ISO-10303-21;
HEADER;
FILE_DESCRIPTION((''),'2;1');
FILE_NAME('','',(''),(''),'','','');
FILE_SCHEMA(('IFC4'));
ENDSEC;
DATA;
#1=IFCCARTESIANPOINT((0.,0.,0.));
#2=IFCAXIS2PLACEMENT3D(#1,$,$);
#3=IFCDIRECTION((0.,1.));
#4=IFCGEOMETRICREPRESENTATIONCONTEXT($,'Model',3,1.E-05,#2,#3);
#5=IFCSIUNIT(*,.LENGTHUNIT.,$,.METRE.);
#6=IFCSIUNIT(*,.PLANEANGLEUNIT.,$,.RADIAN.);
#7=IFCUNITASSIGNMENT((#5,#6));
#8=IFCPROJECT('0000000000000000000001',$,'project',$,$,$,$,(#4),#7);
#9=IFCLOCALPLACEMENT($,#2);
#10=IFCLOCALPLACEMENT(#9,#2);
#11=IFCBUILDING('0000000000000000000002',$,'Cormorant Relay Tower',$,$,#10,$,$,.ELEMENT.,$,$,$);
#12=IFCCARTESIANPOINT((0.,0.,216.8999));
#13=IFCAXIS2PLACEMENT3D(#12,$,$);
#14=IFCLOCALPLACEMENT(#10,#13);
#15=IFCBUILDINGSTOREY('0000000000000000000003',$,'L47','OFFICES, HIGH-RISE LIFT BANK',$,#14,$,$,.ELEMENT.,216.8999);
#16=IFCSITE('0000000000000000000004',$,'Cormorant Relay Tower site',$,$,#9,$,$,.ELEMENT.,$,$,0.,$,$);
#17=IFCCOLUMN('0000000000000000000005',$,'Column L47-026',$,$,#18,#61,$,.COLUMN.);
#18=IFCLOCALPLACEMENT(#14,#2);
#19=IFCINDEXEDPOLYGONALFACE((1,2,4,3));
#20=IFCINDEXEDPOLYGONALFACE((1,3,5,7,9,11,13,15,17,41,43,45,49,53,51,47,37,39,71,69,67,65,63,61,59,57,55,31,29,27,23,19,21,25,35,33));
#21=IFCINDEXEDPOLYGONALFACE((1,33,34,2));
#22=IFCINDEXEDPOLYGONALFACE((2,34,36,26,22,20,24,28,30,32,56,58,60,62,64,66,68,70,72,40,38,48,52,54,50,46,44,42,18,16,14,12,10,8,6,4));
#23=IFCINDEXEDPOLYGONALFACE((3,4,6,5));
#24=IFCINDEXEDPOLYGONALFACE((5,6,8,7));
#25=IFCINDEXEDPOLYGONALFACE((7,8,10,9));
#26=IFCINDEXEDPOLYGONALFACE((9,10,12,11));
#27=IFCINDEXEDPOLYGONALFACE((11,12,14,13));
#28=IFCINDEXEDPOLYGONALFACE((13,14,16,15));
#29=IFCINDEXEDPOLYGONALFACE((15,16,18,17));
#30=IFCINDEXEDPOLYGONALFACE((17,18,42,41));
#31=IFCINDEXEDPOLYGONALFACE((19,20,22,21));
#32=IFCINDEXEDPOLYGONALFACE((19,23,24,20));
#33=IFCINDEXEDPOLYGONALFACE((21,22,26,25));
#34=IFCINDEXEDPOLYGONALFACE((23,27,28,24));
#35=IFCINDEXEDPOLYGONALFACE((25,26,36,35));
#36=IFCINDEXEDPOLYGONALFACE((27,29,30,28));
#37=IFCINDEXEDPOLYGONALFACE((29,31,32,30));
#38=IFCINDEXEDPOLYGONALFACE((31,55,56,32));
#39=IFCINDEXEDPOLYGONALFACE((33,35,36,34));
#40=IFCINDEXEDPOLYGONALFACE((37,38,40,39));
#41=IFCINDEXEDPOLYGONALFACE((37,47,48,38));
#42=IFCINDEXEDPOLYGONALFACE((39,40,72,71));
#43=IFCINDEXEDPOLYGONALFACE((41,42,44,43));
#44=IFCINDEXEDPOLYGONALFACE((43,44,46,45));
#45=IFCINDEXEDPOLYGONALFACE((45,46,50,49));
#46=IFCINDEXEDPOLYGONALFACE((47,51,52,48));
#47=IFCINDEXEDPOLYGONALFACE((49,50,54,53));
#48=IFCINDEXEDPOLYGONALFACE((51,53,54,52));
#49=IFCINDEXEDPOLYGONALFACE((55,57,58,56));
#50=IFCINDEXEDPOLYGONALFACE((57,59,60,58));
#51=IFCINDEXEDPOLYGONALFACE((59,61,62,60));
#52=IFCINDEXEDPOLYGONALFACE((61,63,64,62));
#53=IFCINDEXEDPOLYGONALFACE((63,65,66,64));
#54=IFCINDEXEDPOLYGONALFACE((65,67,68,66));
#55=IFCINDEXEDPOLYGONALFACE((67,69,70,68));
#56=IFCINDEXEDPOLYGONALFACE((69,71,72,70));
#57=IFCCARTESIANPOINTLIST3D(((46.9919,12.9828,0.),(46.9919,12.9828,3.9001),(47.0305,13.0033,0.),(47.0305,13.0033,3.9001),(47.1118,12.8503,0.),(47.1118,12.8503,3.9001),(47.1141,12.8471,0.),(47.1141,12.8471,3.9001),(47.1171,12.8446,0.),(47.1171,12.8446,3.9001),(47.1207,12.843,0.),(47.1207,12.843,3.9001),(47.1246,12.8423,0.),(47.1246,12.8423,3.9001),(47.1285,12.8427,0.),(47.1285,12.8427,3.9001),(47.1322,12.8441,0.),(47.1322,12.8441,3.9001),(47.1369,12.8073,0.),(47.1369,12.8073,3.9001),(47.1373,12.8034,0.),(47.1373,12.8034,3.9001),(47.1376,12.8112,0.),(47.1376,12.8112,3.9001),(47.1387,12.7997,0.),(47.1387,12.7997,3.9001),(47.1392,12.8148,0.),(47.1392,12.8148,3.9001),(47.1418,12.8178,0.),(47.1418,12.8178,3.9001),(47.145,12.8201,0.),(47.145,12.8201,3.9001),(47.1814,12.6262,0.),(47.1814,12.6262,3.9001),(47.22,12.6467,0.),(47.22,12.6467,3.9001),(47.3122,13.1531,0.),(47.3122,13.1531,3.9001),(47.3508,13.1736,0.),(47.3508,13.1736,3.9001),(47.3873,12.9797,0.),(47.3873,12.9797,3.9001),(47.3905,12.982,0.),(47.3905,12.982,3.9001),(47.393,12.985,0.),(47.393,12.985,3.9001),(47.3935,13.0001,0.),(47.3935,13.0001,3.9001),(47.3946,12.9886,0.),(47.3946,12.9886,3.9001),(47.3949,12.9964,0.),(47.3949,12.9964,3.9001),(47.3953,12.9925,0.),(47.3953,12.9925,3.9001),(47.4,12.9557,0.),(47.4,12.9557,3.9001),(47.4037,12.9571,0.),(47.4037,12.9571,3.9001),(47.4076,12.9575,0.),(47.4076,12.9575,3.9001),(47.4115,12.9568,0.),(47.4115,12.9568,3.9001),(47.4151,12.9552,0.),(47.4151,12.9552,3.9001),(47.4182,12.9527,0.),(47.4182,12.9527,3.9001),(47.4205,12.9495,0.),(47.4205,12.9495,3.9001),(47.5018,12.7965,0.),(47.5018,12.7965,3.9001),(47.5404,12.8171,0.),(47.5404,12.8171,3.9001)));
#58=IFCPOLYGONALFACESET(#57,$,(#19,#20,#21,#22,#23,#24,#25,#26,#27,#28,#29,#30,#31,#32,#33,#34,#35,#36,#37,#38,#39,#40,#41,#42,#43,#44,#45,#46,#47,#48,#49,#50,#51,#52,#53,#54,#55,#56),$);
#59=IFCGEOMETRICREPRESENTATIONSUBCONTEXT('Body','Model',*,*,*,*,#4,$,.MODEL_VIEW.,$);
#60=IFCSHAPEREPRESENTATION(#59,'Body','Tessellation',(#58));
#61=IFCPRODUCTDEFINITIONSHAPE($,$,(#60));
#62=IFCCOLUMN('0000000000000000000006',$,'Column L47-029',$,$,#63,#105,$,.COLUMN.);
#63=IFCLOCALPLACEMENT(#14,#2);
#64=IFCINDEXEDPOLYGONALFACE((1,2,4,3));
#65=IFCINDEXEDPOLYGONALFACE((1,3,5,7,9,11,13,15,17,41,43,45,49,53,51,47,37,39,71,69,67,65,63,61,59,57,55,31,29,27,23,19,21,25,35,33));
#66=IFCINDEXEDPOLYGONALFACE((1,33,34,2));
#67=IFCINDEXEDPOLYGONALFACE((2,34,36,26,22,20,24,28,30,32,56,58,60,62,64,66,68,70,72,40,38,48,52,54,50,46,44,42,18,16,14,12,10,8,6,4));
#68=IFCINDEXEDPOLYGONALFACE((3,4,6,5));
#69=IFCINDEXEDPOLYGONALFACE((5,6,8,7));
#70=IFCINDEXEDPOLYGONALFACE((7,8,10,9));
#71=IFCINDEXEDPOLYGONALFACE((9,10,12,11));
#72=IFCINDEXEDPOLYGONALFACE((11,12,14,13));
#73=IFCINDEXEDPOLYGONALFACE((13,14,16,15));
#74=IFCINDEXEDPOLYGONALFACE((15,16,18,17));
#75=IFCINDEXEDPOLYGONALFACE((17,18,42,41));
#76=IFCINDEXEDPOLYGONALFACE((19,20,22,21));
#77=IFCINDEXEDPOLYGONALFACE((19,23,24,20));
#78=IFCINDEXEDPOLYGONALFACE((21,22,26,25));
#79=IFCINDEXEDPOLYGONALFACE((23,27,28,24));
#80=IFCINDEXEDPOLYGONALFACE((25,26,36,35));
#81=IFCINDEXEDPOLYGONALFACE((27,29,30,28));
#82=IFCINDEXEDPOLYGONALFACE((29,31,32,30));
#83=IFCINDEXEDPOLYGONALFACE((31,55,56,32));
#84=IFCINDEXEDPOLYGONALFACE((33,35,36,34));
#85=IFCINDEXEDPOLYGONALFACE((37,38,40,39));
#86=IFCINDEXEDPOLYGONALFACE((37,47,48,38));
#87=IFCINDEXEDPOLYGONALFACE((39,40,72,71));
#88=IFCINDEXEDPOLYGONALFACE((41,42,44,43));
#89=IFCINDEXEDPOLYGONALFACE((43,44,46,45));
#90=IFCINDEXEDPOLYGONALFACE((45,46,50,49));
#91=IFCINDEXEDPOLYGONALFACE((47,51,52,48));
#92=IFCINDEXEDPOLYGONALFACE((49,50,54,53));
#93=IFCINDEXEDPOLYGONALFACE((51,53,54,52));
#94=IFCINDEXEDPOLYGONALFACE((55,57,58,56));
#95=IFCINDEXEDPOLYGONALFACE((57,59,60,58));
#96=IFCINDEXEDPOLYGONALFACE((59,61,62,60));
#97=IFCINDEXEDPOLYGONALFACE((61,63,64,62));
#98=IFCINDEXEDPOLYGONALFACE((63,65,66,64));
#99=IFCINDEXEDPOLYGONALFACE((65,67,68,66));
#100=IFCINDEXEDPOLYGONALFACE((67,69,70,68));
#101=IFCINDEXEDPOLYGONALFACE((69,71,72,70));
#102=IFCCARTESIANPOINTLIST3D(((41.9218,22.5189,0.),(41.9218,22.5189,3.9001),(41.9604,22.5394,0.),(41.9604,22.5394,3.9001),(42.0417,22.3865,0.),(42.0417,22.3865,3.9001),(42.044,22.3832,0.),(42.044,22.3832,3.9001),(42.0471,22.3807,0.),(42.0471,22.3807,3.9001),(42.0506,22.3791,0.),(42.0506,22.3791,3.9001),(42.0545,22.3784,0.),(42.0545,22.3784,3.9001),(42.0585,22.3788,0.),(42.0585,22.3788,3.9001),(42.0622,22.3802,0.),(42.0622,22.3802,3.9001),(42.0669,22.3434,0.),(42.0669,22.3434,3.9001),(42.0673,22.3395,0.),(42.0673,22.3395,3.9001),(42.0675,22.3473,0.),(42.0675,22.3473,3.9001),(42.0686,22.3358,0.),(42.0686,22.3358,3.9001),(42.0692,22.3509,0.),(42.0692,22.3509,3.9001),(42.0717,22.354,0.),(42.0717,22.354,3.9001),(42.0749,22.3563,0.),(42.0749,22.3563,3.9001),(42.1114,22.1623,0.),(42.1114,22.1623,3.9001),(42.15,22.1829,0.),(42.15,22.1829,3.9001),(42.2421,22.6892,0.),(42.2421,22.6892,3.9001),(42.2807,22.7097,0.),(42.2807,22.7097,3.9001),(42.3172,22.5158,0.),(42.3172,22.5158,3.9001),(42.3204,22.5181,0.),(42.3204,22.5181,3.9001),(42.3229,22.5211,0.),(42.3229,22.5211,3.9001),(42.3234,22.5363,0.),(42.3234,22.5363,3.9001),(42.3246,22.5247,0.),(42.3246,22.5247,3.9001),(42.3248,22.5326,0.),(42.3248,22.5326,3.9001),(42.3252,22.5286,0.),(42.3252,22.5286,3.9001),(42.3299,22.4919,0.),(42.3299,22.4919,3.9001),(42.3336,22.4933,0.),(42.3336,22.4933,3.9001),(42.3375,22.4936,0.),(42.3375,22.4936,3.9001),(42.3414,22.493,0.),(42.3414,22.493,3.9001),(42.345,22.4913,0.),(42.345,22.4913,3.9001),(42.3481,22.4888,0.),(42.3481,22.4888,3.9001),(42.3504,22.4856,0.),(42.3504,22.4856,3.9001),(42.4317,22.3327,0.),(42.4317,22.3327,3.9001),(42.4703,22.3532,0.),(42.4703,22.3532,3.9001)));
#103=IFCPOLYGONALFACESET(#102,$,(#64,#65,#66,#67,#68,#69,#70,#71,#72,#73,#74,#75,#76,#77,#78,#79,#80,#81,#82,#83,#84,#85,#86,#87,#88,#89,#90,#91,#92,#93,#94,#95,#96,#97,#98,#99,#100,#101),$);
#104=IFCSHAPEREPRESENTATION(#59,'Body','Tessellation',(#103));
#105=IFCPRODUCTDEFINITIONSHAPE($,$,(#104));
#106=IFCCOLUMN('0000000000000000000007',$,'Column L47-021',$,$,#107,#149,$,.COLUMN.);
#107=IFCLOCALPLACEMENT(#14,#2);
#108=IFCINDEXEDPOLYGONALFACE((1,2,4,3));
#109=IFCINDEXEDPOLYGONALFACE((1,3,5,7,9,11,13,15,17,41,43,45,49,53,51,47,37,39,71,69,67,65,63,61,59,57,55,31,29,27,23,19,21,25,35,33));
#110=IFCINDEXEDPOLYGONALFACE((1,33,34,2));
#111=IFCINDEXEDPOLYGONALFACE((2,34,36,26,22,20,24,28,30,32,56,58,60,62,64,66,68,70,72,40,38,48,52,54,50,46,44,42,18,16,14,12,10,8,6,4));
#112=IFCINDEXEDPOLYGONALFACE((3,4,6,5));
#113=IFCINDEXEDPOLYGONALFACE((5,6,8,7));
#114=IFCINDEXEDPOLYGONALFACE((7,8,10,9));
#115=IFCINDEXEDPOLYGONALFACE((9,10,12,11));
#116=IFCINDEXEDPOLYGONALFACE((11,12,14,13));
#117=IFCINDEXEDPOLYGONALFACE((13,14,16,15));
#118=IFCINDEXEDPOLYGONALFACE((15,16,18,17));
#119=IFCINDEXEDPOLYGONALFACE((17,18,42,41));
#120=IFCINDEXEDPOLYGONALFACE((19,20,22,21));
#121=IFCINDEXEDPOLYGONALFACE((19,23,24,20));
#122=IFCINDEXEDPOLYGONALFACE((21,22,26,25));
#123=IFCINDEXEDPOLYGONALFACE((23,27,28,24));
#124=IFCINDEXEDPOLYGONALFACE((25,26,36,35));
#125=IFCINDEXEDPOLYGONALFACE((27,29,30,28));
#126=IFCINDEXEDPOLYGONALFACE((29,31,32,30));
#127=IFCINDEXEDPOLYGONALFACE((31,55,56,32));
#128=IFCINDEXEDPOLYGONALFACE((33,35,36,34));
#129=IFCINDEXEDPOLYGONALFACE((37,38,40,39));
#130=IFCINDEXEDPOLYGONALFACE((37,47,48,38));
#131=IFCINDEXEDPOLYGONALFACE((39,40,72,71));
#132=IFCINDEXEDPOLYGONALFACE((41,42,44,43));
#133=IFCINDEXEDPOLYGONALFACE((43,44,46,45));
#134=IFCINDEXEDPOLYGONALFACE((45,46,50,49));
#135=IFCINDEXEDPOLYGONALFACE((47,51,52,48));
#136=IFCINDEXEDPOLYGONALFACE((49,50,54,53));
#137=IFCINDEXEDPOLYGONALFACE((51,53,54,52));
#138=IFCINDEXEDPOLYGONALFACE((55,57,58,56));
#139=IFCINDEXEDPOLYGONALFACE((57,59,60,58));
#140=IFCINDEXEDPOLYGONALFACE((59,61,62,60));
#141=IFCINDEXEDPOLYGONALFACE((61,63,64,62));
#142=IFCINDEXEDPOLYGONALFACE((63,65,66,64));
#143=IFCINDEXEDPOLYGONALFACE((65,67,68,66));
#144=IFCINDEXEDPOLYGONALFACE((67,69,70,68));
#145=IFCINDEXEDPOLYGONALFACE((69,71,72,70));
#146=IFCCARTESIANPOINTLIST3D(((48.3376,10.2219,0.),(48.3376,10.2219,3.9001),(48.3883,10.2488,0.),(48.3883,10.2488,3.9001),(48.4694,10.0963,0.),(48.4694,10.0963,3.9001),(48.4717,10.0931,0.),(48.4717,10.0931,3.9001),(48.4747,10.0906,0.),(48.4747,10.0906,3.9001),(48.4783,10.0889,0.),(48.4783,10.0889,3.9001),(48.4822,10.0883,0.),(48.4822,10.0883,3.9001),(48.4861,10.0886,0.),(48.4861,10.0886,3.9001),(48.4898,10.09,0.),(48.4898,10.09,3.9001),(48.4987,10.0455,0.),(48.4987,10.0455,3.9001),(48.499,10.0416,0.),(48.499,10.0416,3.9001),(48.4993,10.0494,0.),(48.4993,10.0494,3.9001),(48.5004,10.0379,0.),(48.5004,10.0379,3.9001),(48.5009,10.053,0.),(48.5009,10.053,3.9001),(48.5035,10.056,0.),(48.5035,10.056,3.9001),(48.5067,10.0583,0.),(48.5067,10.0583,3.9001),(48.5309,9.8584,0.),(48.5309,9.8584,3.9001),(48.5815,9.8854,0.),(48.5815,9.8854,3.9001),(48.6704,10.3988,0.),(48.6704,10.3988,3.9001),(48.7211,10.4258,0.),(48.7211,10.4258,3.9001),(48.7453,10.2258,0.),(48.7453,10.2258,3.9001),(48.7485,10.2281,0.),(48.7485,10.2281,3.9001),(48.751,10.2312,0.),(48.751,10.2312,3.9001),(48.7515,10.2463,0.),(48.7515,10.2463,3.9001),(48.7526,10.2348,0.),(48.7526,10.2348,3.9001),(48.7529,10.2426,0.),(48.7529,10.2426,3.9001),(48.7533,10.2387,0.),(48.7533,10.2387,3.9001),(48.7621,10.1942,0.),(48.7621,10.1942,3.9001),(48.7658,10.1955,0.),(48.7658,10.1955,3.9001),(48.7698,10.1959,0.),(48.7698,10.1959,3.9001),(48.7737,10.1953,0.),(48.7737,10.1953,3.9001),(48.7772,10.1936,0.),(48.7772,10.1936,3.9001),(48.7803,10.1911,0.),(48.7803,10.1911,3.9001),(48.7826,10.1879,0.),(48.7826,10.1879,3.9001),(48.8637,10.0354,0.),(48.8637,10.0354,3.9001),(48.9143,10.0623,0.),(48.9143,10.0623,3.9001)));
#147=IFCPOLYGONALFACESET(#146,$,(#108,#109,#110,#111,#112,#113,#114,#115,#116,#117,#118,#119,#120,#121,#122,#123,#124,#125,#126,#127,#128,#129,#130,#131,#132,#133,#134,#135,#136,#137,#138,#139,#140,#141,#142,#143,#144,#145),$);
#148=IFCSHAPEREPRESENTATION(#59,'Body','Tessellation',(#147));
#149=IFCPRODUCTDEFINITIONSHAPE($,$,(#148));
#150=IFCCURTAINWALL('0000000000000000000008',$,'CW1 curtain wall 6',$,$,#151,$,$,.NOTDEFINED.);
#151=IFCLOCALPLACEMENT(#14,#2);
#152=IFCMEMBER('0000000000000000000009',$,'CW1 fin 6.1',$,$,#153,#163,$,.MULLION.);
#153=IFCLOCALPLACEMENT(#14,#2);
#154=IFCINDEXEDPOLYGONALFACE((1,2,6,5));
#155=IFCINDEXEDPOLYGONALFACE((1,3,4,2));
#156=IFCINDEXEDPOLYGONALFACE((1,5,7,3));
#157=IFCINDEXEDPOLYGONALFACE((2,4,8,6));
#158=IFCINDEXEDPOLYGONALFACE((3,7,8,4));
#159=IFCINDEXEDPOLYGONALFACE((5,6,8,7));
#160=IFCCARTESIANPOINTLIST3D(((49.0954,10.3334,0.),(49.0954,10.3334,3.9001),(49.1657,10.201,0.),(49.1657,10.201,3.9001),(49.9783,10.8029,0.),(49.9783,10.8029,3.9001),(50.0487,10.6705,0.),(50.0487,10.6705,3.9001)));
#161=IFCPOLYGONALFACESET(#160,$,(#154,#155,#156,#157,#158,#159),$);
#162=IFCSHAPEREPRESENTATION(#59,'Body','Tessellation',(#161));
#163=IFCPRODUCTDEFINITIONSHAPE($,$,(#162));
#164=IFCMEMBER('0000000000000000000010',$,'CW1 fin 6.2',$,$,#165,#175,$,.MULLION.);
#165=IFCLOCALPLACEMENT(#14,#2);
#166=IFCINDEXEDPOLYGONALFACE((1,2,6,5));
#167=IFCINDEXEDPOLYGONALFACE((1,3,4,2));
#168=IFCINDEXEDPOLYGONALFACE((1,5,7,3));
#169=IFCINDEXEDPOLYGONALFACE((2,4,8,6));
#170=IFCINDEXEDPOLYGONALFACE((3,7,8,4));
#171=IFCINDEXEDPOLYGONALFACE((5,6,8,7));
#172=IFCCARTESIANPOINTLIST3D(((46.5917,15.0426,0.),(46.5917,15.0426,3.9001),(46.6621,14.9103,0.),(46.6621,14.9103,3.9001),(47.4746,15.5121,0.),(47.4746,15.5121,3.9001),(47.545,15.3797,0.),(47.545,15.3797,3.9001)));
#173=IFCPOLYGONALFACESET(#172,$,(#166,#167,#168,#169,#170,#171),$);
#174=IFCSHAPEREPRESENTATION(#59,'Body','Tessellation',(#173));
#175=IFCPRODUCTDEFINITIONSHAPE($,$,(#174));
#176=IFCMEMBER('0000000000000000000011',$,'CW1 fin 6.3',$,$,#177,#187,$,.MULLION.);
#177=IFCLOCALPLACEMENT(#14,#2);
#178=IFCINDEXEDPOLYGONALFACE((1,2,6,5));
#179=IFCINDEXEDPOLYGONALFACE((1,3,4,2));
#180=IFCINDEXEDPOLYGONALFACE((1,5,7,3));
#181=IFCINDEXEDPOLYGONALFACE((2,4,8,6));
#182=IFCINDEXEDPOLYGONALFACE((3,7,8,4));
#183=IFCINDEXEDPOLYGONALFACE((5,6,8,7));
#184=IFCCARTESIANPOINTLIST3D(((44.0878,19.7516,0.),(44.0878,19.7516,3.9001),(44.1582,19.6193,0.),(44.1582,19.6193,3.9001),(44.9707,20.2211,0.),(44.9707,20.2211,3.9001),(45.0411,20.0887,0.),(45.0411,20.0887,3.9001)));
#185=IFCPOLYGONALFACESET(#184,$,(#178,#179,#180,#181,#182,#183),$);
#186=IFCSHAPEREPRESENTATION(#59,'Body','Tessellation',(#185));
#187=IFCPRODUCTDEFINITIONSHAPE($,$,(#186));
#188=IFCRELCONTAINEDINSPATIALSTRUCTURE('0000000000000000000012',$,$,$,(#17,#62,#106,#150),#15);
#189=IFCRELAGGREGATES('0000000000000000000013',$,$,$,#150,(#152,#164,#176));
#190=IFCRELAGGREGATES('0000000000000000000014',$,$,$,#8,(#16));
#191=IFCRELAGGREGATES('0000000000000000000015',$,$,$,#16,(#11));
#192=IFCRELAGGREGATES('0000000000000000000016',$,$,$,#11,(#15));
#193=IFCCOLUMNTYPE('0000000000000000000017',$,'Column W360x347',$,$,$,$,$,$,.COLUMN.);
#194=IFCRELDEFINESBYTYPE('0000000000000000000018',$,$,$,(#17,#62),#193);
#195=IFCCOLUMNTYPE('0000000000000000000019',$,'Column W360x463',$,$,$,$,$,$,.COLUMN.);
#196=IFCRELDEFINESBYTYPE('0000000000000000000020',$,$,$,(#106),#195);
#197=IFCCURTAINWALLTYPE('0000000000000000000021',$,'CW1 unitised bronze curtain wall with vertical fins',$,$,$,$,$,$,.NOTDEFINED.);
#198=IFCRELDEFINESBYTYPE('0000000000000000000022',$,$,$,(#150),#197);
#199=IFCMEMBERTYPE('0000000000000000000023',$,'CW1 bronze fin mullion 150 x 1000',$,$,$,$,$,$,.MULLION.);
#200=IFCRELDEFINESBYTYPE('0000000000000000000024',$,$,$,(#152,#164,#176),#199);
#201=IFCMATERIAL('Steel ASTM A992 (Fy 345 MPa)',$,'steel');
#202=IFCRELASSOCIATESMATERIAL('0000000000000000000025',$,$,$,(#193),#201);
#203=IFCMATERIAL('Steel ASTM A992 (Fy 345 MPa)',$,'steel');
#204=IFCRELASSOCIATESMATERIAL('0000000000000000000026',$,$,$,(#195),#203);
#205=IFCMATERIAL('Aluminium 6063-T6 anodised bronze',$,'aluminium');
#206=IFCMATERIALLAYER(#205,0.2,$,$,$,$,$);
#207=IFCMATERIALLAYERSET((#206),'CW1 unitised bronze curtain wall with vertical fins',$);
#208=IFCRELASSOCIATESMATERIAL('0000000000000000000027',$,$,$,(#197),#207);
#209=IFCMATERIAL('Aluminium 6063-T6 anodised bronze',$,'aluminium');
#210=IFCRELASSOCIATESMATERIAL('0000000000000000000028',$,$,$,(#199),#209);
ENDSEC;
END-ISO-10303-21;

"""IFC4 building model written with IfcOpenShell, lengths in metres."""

from ifc_helpers import new_model, si_unit, direction, frame, origin, origin_2d, place, context, subcontext, project, spatial, rectangle, i_section, extrude, material, layer, layer_set, material_profile, profile_set, type_object, element, aggregate, save


model = new_model("IFC4")

# Units and contexts
model_context = context("Model", 3, precision=1e-05, world=origin(), true_north=direction((0.0, 1.0)))
body_context = subcontext(model_context, "Body", "Model", "MODEL_VIEW")
ifc_project = project(units=[si_unit("LENGTHUNIT", "METRE"), si_unit("PLANEANGLEUNIT", "RADIAN")], contexts=[model_context])

# Site, building, storey
site_placement = place(None, origin())
site = spatial("IfcSite", under=ifc_project, at=site_placement, Name="Cormorant Relay Tower site", CompositionType="ELEMENT", RefElevation=0.0)
building_placement = place(site_placement, origin())
building = spatial("IfcBuilding", under=site, at=building_placement, Name="Cormorant Relay Tower", CompositionType="ELEMENT")
storey_placement = place(building_placement, frame((0.0, 0.0, 216.8999)))
storey = spatial("IfcBuildingStorey", under=building, at=storey_placement, Name="L47", Description="OFFICES, HIGH-RISE LIFT BANK", CompositionType="ELEMENT", Elevation=216.8999)

# Columns
ifc_material_1 = material(Name="Steel ASTM A992 (Fy 345 MPa)", Category="steel")
ifc_material_profile_1 = material_profile(ifc_material_1, i_section(OverallWidth=0.4038, OverallDepth=0.4065, WebThickness=0.0271, FlangeThickness=0.0437, FilletRadius=0.0151, at=origin_2d()), Name="W360x347")
ifc_profile_set_1 = profile_set([ifc_material_profile_1], Name="Steel ASTM A992 (Fy 345 MPa)")
column_type_1 = type_object("IfcColumnType", Name="Column W360x347", PredefinedType="COLUMN", material=ifc_profile_set_1)
for number, where, z_axis, x_axis, name in (
    (1, (47.2661, 12.8999, 0.0), (0.0, 0.0, 1.0), (-0.469472, 0.882948, 0.0), "Column L47-026"),
    (2, (42.196, 22.436, 0.0), (0.0, 0.0, 1.0), (-0.469472, 0.882948, 0.0), "Column L47-029"),
):
    element("IfcColumn", number, at=place(storey_placement, frame(where, z_axis=z_axis, x_axis=x_axis)), inside=storey, type_object=column_type_1, Name=name, PredefinedType="COLUMN", context=body_context, shape_type="SweptSolid", body=[
        extrude(i_section(OverallWidth=0.4038, OverallDepth=0.4065, WebThickness=0.0271, FlangeThickness=0.0437, FilletRadius=0.0151, at=origin_2d()), origin(), (0.0, 0.0, 1.0), 3.9001),
    ])
ifc_material_2 = material(Name="Steel ASTM A992 (Fy 345 MPa)", Category="steel")
ifc_material_profile_2 = material_profile(ifc_material_2, i_section(OverallWidth=0.4116, OverallDepth=0.4343, WebThickness=0.0359, FlangeThickness=0.0574, FilletRadius=0.0151, at=origin_2d()), Name="W360x463")
ifc_profile_set_2 = profile_set([ifc_material_profile_2], Name="Steel ASTM A992 (Fy 345 MPa)")
column_type_2 = type_object("IfcColumnType", Name="Column W360x463", PredefinedType="COLUMN", material=ifc_profile_set_2)
column_placement = place(storey_placement, frame((48.626, 10.1421, 0.0), z_axis=(0.0, 0.0, 1.0), x_axis=(-0.469472, 0.882948, 0.0)))
element("IfcColumn", 3, at=column_placement, inside=storey, type_object=column_type_2, Name="Column L47-021", PredefinedType="COLUMN", context=body_context, shape_type="SweptSolid", body=[
    extrude(i_section(OverallWidth=0.4116, OverallDepth=0.4343, WebThickness=0.0359, FlangeThickness=0.0574, FilletRadius=0.0151, at=origin_2d()), origin(), (0.0, 0.0, 1.0), 3.9001),
])

# Curtain wall, members
ifc_material_3 = material(Name="Aluminium 6063-T6 anodised bronze", Category="aluminium")
ifc_layer_1 = layer(ifc_material_3, 0.2)
ifc_layer_set_1 = layer_set([ifc_layer_1], Name="CW1 unitised bronze curtain wall with vertical fins")
curtain_wall_type = type_object("IfcCurtainWallType", Name="CW1 unitised bronze curtain wall with vertical fins", PredefinedType="NOTDEFINED", material=ifc_layer_set_1)
curtain_wall_1_placement = place(storey_placement, origin())
curtain_wall_1 = element("IfcCurtainWall", 4, at=curtain_wall_1_placement, inside=storey, type_object=curtain_wall_type, Name="CW1 curtain wall 6", PredefinedType="NOTDEFINED")
ifc_material_4 = material(Name="Aluminium 6063-T6 anodised bronze", Category="aluminium")
ifc_material_profile_3 = material_profile(ifc_material_4, rectangle(XDim=0.1499, YDim=1.0, at=origin_2d()), Name="AL 150x1000")
ifc_profile_set_3 = profile_set([ifc_material_profile_3], Name="Aluminium 6063-T6 anodised bronze")
member_type_1 = type_object("IfcMemberType", Name="CW1 bronze fin mullion 150 x 1000", PredefinedType="MULLION", material=ifc_profile_set_3)
member_1_placement = place(storey_placement, frame((49.572, 10.502, 0.0), z_axis=(0.0, 0.0, 1.0), x_axis=(-0.469472, 0.882948, 0.0)))
member_1 = element("IfcMember", 5, at=member_1_placement, type_object=member_type_1, Name="CW1 fin 6.1", PredefinedType="MULLION", context=body_context, shape_type="SweptSolid", body=[
    extrude(rectangle(XDim=0.1499, YDim=1.0, at=origin_2d()), origin(), (0.0, 0.0, 1.0), 3.9001),
])
member_2_placement = place(storey_placement, frame((47.0684, 15.2112, 0.0), z_axis=(0.0, 0.0, 1.0), x_axis=(-0.469472, 0.882948, 0.0)))
member_2 = element("IfcMember", 6, at=member_2_placement, type_object=member_type_1, Name="CW1 fin 6.2", PredefinedType="MULLION", context=body_context, shape_type="SweptSolid", body=[
    extrude(rectangle(XDim=0.1499, YDim=1.0, at=origin_2d()), origin(), (0.0, 0.0, 1.0), 3.9001),
])
member_3_placement = place(storey_placement, frame((44.5645, 19.9202, 0.0), z_axis=(0.0, 0.0, 1.0), x_axis=(-0.469472, 0.882948, 0.0)))
member_3 = element("IfcMember", 7, at=member_3_placement, type_object=member_type_1, Name="CW1 fin 6.3", PredefinedType="MULLION", context=body_context, shape_type="SweptSolid", body=[
    extrude(rectangle(XDim=0.1499, YDim=1.0, at=origin_2d()), origin(), (0.0, 0.0, 1.0), 3.9001),
])

aggregate(curtain_wall_1, [member_1, member_2, member_3])

save(model, "model.ifc")
